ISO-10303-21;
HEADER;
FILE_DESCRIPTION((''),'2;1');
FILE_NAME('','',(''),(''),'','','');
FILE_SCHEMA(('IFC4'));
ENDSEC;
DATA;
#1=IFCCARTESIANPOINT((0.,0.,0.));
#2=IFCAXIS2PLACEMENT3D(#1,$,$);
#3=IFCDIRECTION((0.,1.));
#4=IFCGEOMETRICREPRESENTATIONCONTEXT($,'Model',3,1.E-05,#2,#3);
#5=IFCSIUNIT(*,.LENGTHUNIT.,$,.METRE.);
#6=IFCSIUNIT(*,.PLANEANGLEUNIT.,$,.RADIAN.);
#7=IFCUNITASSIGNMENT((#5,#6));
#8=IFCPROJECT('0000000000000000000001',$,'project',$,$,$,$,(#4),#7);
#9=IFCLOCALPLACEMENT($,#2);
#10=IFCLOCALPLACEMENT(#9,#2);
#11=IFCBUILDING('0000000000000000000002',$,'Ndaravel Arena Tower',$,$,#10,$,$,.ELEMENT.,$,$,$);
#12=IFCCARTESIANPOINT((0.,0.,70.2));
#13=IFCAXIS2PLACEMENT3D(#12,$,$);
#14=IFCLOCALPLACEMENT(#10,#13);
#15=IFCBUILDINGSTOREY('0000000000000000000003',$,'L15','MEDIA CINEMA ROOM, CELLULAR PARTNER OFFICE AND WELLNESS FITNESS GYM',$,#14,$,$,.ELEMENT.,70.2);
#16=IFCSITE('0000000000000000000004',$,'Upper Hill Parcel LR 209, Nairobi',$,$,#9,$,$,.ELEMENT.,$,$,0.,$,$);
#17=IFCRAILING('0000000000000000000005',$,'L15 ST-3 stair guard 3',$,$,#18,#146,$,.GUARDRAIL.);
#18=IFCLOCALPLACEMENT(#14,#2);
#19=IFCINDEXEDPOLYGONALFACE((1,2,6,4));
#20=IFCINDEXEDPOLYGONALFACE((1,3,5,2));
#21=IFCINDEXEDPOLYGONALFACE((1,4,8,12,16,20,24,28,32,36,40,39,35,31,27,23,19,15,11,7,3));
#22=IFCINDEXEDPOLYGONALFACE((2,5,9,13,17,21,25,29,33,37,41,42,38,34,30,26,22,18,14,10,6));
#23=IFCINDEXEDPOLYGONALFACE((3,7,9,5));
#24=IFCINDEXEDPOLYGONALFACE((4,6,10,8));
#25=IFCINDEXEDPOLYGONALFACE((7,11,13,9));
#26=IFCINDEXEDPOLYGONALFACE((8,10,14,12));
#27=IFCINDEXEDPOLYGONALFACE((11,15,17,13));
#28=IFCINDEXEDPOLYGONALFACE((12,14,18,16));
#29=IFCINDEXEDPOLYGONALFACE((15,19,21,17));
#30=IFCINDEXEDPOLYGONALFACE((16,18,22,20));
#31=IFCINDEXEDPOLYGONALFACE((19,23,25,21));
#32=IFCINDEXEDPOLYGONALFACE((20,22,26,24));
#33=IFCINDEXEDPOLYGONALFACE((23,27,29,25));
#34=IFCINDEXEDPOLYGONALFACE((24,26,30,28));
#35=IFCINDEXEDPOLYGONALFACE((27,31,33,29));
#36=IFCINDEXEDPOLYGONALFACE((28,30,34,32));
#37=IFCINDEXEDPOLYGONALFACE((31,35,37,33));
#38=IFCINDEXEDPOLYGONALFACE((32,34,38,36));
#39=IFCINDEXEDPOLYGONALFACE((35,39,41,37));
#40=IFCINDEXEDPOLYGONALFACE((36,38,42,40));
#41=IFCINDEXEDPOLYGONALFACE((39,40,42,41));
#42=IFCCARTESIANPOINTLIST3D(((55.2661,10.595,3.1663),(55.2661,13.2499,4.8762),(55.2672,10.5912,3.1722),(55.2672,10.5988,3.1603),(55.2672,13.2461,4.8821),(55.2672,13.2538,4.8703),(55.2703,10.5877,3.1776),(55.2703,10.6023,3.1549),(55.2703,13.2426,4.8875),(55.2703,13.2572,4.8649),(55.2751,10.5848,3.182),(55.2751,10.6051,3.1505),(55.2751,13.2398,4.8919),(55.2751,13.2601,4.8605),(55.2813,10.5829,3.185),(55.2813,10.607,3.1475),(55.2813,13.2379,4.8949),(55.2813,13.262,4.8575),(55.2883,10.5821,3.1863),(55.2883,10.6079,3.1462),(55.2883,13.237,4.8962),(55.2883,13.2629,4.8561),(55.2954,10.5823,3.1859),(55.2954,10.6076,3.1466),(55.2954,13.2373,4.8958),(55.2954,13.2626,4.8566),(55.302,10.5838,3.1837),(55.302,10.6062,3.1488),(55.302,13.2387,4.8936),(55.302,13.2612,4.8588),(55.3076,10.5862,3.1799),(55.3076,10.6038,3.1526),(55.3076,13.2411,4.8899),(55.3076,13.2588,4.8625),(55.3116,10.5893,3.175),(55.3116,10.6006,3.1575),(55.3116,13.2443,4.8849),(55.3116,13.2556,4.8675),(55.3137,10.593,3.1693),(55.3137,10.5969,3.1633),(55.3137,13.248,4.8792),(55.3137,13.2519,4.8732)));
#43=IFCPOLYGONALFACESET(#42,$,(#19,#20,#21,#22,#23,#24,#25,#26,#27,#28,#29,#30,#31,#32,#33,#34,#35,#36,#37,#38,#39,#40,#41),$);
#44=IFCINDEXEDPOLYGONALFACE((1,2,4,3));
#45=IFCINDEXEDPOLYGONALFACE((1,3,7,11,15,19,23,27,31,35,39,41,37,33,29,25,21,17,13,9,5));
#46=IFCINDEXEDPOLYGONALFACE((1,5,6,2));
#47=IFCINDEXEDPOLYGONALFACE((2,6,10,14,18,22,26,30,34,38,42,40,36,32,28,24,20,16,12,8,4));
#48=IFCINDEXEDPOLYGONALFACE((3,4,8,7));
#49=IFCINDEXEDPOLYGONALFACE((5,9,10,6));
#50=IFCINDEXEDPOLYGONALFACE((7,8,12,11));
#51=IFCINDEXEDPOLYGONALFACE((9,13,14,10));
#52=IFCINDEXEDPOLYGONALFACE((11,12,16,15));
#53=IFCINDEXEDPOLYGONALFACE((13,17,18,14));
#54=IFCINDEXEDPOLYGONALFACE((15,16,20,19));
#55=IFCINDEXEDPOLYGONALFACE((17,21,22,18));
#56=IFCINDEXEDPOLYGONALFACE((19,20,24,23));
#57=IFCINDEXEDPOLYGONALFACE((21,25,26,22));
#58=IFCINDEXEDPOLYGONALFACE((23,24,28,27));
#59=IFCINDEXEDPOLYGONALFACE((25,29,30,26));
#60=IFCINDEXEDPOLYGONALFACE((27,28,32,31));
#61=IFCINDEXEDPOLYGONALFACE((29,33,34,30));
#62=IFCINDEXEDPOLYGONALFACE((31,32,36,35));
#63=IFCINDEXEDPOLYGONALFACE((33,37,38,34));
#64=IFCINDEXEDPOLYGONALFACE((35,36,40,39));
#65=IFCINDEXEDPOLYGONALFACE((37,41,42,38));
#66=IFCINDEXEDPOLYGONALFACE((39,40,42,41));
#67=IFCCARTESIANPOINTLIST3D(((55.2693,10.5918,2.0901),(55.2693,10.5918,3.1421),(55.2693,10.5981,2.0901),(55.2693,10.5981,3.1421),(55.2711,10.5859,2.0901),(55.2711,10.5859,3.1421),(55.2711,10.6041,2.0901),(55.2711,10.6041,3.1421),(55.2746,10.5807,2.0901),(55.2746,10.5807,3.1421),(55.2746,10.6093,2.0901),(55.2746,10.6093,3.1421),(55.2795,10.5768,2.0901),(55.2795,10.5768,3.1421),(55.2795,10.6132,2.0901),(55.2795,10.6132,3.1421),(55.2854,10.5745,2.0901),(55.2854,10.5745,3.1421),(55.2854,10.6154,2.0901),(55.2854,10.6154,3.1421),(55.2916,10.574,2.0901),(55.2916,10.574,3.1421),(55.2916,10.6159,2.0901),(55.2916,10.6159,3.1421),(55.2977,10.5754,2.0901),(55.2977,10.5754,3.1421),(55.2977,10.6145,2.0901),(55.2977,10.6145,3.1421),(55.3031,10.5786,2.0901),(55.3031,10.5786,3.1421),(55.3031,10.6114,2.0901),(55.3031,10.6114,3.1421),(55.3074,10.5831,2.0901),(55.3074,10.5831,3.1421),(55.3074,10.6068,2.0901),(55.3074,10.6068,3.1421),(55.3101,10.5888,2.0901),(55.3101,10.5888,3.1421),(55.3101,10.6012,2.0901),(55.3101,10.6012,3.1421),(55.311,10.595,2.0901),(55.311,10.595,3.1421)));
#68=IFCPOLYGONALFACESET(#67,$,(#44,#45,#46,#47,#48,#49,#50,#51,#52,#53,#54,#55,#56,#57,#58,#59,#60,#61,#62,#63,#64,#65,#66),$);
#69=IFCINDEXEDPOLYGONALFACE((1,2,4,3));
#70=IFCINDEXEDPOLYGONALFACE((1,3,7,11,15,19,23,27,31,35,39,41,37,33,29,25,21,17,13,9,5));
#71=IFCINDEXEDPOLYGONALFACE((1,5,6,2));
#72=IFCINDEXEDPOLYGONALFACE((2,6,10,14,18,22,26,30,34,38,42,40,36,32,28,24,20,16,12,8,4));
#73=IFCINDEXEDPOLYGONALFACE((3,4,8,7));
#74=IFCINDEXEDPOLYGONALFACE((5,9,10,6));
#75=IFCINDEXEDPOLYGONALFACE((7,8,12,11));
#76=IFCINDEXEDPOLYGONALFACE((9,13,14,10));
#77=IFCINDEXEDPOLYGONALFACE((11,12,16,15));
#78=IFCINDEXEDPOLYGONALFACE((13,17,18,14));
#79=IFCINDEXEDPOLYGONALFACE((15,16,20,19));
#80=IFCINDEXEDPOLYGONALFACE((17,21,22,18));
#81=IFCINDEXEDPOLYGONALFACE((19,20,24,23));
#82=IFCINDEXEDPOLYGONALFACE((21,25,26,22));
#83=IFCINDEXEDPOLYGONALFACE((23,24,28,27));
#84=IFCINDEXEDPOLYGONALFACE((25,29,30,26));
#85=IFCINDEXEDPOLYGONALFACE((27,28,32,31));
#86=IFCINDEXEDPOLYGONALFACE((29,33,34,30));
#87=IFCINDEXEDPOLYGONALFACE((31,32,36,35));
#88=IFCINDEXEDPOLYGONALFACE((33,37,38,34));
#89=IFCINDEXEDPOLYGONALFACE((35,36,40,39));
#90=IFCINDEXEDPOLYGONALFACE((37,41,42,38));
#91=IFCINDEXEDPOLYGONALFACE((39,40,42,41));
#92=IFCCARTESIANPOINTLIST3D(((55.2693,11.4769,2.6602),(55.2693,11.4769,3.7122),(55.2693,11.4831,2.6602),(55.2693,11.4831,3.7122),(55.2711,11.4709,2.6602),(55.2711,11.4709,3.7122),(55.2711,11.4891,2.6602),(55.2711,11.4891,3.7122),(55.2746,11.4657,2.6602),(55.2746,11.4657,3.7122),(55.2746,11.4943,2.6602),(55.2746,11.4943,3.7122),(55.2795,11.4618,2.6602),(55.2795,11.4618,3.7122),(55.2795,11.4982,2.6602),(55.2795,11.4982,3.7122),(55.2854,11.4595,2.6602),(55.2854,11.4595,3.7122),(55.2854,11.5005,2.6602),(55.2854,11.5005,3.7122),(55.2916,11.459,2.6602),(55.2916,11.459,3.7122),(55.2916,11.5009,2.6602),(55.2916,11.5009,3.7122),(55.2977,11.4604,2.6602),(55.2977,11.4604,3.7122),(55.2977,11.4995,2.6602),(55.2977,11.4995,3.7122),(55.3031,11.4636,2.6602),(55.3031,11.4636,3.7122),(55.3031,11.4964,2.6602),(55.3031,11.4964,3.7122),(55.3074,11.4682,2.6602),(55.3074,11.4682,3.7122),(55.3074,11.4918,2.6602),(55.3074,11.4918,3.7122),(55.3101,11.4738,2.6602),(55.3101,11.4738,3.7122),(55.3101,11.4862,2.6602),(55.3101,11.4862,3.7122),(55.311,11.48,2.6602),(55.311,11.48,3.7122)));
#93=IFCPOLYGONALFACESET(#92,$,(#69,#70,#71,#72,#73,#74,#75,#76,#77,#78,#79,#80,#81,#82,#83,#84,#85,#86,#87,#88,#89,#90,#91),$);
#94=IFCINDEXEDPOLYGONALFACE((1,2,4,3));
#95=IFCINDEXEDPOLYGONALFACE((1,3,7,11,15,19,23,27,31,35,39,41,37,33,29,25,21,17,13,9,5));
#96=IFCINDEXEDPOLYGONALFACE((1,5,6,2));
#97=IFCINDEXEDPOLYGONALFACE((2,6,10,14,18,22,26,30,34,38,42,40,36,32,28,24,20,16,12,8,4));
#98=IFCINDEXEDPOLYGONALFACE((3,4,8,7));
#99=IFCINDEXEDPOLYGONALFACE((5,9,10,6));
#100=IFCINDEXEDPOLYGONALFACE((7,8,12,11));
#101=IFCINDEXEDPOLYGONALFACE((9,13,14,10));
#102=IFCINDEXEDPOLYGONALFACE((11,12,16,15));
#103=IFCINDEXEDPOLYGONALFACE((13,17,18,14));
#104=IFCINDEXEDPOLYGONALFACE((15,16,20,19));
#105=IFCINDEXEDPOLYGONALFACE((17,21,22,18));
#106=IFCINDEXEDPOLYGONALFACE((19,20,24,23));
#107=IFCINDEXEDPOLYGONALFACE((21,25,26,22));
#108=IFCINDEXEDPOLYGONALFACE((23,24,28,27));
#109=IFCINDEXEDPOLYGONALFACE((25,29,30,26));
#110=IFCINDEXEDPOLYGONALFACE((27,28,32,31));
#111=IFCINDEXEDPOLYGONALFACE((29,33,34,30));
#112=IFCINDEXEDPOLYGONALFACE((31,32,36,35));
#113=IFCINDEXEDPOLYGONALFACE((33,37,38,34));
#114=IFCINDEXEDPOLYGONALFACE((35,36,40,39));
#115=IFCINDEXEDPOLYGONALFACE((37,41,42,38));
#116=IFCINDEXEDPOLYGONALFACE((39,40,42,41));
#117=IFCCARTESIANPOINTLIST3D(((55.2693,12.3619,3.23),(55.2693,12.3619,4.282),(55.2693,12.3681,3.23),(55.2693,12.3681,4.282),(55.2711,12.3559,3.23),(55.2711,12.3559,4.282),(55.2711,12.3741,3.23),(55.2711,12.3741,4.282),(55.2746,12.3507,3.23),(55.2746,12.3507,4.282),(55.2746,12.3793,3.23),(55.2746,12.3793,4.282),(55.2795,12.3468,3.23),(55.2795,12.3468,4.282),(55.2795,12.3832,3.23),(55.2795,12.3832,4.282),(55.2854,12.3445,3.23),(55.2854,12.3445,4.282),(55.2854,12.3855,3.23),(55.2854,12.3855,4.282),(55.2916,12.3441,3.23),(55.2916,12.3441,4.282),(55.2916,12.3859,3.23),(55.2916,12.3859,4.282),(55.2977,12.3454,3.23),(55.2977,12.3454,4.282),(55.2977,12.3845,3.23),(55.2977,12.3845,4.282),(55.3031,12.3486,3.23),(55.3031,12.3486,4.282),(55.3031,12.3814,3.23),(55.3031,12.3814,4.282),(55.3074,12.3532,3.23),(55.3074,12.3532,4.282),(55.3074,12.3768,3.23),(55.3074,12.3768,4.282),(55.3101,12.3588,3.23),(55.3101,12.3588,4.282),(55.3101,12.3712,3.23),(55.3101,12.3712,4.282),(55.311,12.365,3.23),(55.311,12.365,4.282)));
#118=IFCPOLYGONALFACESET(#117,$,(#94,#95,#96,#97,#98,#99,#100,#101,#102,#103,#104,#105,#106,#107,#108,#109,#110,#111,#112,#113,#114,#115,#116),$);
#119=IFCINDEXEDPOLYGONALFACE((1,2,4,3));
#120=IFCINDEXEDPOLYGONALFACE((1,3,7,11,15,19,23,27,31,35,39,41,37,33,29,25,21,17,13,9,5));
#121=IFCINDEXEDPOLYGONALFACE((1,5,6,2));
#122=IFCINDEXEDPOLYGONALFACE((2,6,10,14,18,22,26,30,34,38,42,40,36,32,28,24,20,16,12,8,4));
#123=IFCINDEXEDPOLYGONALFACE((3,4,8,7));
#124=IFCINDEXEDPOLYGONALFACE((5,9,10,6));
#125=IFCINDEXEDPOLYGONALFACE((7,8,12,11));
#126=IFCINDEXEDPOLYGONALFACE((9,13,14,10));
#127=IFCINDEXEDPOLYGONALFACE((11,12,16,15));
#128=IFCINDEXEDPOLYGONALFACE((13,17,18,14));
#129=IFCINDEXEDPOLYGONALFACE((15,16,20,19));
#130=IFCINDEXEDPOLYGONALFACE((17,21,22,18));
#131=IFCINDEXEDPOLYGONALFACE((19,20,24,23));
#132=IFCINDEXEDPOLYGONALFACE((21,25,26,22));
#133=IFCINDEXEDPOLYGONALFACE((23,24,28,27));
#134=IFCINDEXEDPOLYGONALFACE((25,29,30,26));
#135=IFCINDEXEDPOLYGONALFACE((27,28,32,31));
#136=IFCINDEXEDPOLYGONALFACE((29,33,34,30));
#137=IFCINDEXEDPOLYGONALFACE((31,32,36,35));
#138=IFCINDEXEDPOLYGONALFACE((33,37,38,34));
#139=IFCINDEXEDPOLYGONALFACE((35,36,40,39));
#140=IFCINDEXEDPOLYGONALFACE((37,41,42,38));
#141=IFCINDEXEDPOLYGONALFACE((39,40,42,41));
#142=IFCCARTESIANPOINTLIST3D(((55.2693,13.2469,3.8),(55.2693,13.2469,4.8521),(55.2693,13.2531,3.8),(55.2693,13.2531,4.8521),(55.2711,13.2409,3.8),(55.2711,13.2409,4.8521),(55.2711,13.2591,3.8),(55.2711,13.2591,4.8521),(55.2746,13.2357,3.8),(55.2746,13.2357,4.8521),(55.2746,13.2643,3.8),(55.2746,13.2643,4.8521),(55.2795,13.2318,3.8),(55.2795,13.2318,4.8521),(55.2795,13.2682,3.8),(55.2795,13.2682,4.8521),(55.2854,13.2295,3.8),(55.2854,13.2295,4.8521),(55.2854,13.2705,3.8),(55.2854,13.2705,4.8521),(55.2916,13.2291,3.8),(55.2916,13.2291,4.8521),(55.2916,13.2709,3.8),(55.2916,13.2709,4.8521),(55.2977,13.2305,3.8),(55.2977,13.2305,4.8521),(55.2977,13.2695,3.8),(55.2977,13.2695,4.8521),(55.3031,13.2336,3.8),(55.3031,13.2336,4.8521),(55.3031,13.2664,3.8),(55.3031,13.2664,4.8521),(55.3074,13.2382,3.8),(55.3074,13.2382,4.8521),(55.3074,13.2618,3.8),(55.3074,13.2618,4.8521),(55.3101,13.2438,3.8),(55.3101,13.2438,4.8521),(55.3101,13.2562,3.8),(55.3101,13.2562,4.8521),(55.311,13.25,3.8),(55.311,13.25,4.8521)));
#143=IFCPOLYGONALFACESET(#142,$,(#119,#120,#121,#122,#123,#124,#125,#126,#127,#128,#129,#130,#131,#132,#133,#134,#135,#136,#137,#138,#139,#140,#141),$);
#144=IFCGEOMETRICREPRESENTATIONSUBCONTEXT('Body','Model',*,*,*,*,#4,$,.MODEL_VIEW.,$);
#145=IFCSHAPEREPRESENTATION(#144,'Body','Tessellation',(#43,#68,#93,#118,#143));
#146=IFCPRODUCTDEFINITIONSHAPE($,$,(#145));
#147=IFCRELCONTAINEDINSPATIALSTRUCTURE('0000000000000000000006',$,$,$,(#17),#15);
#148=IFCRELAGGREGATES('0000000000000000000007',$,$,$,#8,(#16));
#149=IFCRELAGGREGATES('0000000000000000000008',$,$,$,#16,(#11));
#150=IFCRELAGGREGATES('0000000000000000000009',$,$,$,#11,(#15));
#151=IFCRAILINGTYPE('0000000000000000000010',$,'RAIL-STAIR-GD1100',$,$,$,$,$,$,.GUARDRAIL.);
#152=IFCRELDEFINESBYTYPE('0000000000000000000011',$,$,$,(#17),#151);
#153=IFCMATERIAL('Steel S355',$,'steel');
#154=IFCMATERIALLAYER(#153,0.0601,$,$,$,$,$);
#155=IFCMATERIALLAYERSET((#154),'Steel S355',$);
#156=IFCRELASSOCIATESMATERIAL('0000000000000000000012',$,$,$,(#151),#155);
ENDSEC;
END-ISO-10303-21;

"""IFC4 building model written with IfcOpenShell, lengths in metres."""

from ifc_helpers import new_model, si_unit, direction, frame, origin, origin_2d, place, context, subcontext, project, spatial, circle, extrude, material, layer, layer_set, type_object, element, save


model = new_model("IFC4")

# Units and contexts
model_context = context("Model", 3, precision=1e-05, world=origin(), true_north=direction((0.0, 1.0)))
body_context = subcontext(model_context, "Body", "Model", "MODEL_VIEW")
ifc_project = project(units=[si_unit("LENGTHUNIT", "METRE"), si_unit("PLANEANGLEUNIT", "RADIAN")], contexts=[model_context])

# Site, building, storey
site_placement = place(None, origin())
site = spatial("IfcSite", under=ifc_project, at=site_placement, Name="Upper Hill Parcel LR 209, Nairobi", CompositionType="ELEMENT", RefElevation=0.0)
building_placement = place(site_placement, origin())
building = spatial("IfcBuilding", under=site, at=building_placement, Name="Ndaravel Arena Tower", CompositionType="ELEMENT")
storey_placement = place(building_placement, frame((0.0, 0.0, 70.2)))
storey = spatial("IfcBuildingStorey", under=building, at=storey_placement, Name="L15", Description="MEDIA CINEMA ROOM, CELLULAR PARTNER OFFICE AND WELLNESS FITNESS GYM", CompositionType="ELEMENT", Elevation=70.2)

# Railing
ifc_material_1 = material(Name="Steel S355", Category="steel")
ifc_layer_1 = layer(ifc_material_1, 0.0601)
ifc_layer_set_1 = layer_set([ifc_layer_1], Name="Steel S355")
railing_type_1 = type_object("IfcRailingType", Name="RAIL-STAIR-GD1100", PredefinedType="GUARDRAIL", material=ifc_layer_set_1)
railing_1_placement = place(storey_placement, frame((55.29, 10.595, 2.0901)))
element("IfcRailing", 1, at=railing_1_placement, inside=storey, type_object=railing_type_1, Name="L15 ST-3 stair guard 3", PredefinedType="GUARDRAIL", context=body_context, shape_type="SweptSolid", body=[
    extrude(circle(Radius=0.0239, at=origin_2d()), frame((0.0, 0.0, 1.0762), z_axis=(0.0, 0.840724, 0.541465), x_axis=(-1.0, 0.0, 0.0)), (0.0, 0.0, 1.0), 3.158),
    extrude(circle(Radius=0.021, at=origin_2d()), origin(), (0.0, 0.0, 1.0), 1.052),
    extrude(circle(Radius=0.021, at=origin_2d()), frame((0.0, 0.885, 0.5701)), (0.0, 0.0, 1.0), 1.052),
    extrude(circle(Radius=0.021, at=origin_2d()), frame((0.0, 1.77, 1.1399)), (0.0, 0.0, 1.0), 1.052),
    extrude(circle(Radius=0.021, at=origin_2d()), frame((0.0, 2.655, 1.71)), (0.0, 0.0, 1.0), 1.052),
])

save(model, "model.ifc")
